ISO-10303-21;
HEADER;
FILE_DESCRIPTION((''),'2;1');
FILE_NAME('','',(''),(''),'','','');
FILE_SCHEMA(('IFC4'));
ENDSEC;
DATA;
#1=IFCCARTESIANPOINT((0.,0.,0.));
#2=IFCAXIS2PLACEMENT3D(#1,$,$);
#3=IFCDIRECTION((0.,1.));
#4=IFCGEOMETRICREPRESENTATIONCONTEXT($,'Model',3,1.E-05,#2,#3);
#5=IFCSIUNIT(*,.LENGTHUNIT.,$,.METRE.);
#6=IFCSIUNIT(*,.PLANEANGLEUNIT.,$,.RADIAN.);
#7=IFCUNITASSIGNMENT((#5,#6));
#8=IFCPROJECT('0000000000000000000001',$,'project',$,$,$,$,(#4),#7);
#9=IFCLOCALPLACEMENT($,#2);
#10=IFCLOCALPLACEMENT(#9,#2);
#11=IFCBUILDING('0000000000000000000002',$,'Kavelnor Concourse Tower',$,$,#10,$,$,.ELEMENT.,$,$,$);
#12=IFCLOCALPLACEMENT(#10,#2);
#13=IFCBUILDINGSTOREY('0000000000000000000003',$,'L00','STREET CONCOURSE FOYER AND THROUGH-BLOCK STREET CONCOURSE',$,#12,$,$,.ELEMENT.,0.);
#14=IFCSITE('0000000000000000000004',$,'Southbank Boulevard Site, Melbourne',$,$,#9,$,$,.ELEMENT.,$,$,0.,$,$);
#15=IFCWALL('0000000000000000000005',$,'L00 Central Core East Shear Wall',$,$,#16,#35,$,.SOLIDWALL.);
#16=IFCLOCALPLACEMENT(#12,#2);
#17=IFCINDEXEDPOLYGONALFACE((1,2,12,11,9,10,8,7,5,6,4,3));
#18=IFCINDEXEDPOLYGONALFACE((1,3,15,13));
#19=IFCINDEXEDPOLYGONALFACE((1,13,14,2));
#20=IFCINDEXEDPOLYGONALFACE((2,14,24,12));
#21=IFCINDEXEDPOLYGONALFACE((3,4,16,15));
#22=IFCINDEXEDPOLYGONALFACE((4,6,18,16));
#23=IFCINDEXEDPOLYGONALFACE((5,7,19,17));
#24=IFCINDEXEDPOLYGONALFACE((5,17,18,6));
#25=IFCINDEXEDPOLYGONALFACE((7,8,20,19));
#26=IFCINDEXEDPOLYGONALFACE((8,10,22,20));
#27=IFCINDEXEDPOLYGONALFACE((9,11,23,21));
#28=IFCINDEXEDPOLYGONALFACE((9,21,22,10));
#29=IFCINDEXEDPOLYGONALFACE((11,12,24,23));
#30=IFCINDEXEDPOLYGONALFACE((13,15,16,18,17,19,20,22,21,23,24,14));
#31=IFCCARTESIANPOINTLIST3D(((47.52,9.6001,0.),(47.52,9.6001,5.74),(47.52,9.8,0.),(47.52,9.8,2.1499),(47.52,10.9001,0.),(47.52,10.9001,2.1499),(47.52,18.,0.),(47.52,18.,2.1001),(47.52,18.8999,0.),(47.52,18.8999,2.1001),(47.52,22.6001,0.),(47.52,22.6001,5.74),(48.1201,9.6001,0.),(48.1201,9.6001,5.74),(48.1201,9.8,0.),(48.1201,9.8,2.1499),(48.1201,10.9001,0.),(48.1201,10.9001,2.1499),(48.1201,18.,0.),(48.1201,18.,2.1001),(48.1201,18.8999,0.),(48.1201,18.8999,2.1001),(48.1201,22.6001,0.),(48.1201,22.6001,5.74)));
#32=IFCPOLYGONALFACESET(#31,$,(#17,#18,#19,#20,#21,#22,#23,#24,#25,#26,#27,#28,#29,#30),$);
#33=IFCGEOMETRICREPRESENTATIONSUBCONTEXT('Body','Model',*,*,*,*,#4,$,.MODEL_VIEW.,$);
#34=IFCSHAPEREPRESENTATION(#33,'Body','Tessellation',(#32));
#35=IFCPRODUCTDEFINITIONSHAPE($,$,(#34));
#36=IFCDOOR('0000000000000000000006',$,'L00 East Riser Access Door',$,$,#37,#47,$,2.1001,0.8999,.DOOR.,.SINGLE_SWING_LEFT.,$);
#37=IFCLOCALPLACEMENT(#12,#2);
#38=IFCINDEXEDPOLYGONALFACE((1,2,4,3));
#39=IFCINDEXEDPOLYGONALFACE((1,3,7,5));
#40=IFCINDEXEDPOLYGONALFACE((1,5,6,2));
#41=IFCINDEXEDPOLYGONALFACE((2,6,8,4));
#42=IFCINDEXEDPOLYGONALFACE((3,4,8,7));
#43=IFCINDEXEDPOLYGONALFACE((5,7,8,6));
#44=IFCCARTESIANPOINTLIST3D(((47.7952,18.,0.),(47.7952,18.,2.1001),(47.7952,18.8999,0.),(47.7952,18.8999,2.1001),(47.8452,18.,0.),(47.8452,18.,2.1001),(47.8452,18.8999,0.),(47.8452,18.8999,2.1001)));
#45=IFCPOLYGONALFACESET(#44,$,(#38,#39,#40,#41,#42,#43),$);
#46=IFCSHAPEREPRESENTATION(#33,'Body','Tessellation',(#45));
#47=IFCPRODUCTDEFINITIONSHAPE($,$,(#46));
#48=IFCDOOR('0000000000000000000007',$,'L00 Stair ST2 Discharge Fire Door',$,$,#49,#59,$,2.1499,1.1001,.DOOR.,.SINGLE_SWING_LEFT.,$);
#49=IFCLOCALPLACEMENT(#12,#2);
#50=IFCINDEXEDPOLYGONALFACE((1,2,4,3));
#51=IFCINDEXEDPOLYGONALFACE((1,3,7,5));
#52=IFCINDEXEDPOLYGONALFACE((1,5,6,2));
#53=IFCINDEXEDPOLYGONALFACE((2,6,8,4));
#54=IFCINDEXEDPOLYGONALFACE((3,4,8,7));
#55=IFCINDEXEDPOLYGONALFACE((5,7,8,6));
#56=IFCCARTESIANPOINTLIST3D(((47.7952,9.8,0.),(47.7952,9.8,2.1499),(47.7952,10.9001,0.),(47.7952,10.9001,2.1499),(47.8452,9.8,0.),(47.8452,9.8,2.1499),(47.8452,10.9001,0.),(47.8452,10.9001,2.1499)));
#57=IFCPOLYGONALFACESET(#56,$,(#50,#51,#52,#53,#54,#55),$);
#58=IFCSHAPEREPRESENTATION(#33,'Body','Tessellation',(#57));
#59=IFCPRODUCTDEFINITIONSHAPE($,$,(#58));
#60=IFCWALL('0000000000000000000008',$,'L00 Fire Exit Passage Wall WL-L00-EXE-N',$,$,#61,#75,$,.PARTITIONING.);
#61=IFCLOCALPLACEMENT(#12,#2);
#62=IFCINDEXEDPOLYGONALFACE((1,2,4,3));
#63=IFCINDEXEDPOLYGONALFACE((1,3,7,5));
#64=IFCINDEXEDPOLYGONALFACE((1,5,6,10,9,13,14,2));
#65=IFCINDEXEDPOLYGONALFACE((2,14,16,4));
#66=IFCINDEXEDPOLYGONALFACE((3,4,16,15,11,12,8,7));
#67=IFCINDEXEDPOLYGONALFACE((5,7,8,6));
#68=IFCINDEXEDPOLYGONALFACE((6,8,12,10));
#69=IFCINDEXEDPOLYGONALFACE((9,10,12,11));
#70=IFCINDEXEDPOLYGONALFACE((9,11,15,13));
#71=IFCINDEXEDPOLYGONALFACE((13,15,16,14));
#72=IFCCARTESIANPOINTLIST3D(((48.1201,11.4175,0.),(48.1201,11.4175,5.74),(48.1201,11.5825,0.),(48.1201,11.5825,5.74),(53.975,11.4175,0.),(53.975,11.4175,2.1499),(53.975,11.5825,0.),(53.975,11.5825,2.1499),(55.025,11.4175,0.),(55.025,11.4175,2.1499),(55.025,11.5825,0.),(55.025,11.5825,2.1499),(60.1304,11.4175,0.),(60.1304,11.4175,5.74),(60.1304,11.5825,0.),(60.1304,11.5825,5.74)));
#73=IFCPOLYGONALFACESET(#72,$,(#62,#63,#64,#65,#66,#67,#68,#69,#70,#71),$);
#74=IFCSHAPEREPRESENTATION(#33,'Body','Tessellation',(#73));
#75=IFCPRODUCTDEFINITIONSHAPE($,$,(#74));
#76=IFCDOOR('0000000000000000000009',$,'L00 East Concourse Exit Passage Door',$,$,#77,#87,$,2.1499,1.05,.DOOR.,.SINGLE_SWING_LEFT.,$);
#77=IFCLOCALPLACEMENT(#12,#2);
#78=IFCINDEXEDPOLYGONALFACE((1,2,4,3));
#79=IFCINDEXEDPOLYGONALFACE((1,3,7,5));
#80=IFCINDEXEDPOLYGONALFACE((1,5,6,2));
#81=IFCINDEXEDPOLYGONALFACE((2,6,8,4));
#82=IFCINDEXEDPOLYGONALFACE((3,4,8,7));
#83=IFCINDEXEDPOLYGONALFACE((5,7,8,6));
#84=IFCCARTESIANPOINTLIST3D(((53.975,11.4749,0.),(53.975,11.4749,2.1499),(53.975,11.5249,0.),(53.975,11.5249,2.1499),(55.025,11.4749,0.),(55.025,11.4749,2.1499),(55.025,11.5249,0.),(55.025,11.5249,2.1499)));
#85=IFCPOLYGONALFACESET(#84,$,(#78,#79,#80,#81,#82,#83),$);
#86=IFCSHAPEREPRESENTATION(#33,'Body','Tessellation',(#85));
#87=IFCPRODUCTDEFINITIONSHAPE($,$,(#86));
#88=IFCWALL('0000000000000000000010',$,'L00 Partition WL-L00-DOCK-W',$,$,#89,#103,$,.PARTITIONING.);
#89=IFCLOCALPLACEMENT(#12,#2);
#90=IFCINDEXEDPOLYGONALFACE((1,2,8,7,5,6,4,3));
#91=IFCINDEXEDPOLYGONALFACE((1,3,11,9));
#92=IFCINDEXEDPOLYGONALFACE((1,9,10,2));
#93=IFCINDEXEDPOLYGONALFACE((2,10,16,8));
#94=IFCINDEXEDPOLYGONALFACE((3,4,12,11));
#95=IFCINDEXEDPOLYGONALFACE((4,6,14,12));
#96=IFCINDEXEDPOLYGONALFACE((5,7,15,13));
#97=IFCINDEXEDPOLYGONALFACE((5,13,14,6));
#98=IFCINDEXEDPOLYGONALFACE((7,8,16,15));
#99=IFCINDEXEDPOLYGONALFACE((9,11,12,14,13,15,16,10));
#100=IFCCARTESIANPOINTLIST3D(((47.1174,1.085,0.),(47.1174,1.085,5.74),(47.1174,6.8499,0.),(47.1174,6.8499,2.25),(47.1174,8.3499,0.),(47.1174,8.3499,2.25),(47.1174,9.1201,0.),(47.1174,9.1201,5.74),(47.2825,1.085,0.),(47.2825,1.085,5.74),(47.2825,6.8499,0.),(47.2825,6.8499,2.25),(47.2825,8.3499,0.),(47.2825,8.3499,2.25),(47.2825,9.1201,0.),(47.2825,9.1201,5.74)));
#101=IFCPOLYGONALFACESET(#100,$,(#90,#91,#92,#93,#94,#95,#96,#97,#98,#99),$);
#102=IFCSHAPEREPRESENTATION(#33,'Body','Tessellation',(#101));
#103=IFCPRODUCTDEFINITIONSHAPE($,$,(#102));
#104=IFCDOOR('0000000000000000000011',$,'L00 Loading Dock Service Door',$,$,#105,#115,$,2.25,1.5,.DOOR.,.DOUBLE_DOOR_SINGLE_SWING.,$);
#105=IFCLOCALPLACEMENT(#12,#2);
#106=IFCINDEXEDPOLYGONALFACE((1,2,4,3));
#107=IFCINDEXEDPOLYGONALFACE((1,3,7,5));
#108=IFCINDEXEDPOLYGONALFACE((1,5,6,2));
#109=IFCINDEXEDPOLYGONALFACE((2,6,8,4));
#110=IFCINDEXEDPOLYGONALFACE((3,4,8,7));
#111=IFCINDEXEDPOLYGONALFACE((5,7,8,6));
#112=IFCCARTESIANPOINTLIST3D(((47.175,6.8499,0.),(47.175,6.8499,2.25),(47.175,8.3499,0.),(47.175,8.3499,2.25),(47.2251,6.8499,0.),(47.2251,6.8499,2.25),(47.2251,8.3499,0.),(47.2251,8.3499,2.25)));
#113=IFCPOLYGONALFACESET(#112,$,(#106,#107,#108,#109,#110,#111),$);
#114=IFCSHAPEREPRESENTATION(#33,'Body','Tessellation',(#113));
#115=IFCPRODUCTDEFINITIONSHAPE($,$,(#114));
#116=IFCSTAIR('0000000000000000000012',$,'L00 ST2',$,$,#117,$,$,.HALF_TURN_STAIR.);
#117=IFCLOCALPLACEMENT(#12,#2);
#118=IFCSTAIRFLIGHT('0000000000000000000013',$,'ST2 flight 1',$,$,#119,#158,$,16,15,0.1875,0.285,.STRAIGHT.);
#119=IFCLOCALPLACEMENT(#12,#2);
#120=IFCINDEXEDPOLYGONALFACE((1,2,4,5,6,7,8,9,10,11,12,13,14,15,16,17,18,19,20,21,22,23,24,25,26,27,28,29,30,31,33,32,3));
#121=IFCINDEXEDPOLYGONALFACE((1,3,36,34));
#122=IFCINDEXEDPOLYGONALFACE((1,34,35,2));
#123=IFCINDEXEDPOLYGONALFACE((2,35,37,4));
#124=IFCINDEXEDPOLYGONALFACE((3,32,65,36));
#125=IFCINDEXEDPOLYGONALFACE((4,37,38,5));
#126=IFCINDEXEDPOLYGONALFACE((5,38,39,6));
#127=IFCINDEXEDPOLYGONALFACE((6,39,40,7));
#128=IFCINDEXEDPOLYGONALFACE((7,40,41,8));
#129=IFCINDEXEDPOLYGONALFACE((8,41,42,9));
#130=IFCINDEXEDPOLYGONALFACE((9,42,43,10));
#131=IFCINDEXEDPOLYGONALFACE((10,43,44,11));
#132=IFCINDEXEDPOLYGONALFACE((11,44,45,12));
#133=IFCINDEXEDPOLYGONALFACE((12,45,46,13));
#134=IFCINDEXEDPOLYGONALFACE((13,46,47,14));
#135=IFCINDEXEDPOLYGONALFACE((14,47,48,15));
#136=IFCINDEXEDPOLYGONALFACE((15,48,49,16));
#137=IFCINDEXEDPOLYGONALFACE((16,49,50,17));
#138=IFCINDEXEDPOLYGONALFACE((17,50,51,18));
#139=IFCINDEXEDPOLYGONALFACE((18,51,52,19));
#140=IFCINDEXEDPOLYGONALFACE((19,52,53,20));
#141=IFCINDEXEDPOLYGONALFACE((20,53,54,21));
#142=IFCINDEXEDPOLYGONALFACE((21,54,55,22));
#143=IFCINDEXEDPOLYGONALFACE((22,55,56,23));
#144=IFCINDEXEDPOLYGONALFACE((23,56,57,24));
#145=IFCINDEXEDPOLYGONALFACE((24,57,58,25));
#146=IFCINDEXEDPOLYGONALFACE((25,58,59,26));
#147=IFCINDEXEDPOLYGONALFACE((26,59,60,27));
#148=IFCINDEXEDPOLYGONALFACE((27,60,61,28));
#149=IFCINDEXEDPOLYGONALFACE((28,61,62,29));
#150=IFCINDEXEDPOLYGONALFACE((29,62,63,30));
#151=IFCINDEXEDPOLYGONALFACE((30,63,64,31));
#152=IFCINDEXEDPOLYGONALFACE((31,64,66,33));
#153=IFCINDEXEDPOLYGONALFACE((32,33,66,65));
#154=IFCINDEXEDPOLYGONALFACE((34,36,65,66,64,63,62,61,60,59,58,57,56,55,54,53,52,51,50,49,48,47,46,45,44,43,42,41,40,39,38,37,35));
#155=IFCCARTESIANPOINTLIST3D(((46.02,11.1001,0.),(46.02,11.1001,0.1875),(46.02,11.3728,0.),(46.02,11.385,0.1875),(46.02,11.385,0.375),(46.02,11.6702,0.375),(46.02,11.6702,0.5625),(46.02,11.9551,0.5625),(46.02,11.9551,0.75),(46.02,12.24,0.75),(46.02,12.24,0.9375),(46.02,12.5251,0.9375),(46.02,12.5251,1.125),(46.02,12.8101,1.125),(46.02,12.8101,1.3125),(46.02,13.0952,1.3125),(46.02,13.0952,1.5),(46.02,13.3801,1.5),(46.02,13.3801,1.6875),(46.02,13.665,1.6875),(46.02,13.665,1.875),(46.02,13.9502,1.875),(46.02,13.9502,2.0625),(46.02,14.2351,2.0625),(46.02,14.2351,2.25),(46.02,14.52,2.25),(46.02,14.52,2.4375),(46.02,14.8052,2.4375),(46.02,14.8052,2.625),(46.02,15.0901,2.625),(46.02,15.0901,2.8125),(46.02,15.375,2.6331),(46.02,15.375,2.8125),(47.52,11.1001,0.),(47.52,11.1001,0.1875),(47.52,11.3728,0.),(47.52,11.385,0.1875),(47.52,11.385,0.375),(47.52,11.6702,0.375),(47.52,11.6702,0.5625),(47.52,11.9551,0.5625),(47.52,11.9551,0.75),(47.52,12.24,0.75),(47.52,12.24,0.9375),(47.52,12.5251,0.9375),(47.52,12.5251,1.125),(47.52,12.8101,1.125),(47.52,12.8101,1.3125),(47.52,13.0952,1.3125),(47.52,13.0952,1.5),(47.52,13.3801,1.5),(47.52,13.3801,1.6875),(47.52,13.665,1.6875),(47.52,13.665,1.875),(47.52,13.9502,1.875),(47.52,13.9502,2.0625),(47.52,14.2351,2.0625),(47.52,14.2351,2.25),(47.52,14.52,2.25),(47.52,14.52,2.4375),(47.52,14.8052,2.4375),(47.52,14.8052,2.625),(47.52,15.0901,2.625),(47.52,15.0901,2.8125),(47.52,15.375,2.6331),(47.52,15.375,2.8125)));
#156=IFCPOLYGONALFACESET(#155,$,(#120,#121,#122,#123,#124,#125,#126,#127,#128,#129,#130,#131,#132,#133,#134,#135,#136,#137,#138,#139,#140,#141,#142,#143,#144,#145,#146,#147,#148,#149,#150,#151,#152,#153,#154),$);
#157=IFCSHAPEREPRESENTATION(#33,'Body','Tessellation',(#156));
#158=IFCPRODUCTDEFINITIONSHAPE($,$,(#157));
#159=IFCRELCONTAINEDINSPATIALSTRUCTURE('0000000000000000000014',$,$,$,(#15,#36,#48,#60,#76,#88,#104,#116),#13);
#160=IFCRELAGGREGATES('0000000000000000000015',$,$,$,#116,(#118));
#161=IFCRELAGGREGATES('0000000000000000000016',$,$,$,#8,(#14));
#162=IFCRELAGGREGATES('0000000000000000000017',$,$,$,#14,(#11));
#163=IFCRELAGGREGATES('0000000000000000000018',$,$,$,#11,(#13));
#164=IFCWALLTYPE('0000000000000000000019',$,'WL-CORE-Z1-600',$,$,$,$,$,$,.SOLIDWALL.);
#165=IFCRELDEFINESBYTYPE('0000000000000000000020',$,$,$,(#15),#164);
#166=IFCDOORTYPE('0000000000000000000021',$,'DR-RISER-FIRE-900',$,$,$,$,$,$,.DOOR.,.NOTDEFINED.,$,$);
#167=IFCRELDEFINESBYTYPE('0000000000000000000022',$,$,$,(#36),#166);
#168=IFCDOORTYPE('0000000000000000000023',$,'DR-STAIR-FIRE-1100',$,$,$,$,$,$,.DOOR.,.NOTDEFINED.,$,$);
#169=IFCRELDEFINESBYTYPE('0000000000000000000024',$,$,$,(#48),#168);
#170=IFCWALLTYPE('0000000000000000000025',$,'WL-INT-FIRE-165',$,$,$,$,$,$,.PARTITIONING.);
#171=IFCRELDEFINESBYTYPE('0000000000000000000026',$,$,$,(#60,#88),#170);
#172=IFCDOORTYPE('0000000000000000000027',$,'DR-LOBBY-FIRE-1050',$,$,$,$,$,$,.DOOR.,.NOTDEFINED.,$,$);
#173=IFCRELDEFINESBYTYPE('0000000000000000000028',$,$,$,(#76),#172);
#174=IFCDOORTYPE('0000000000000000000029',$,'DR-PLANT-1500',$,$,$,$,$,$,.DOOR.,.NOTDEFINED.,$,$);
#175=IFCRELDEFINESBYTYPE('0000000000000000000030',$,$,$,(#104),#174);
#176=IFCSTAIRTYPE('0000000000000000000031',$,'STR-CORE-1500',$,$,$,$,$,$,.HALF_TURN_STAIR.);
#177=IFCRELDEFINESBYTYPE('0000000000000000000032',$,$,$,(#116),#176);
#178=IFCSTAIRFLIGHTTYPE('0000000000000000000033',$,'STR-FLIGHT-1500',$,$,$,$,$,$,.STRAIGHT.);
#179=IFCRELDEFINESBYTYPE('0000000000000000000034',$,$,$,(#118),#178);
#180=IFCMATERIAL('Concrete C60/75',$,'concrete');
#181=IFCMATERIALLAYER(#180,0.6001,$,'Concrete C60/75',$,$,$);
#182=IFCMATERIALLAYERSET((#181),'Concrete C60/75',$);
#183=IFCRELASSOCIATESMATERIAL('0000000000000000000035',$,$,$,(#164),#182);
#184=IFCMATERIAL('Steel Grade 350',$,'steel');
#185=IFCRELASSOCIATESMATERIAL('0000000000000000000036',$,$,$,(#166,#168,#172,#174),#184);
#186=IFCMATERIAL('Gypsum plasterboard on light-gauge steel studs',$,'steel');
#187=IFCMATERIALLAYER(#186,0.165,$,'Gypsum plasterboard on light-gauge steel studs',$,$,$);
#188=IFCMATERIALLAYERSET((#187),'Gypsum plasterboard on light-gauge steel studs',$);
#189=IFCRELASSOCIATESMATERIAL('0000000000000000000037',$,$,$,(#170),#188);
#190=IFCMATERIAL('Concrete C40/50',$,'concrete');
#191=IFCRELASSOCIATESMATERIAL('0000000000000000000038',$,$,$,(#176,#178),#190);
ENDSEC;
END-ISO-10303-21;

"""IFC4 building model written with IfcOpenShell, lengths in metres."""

from ifc_helpers import new_model, si_unit, direction, frame, frame_2d, origin, place, context, subcontext, project, spatial, polyline, rectangle, outline, extrude, material, layer, layer_set, type_object, element, fill, aggregate, save


model = new_model("IFC4")

# Units and contexts
model_context = context("Model", 3, precision=1e-05, world=origin(), true_north=direction((0.0, 1.0)))
body_context = subcontext(model_context, "Body", "Model", "MODEL_VIEW")
ifc_project = project(units=[si_unit("LENGTHUNIT", "METRE"), si_unit("PLANEANGLEUNIT", "RADIAN")], contexts=[model_context])

# Site, building, storey
site_placement = place(None, origin())
site = spatial("IfcSite", under=ifc_project, at=site_placement, Name="Southbank Boulevard Site, Melbourne", CompositionType="ELEMENT", RefElevation=0.0)
building_placement = place(site_placement, origin())
building = spatial("IfcBuilding", under=site, at=building_placement, Name="Kavelnor Concourse Tower", CompositionType="ELEMENT")
storey_placement = place(building_placement, origin())
storey = spatial("IfcBuildingStorey", under=building, at=storey_placement, Name="L00", Description="STREET CONCOURSE FOYER AND THROUGH-BLOCK STREET CONCOURSE", CompositionType="ELEMENT", Elevation=0.0)

# Shared definitions
ifc_material_1 = material(Name="Steel Grade 350", Category="steel")

# Wall, openings, doors
ifc_material_2 = material(Name="Concrete C60/75", Category="concrete")
ifc_layer_1 = layer(ifc_material_2, 0.6001, Name="Concrete C60/75")
ifc_layer_set_1 = layer_set([ifc_layer_1], Name="Concrete C60/75")
wall_type_1 = type_object("IfcWallType", Name="WL-CORE-Z1-600", PredefinedType="SOLIDWALL", material=ifc_layer_set_1)
wall_1_placement = place(storey_placement, frame((47.8201, 9.6001, 0.0), z_axis=(0.0, 0.0, 1.0), x_axis=(0.0, 1.0, 0.0)))
wall_1 = element("IfcWall", 1, at=wall_1_placement, inside=storey, type_object=wall_type_1, Name="L00 Central Core East Shear Wall", PredefinedType="SOLIDWALL", context=body_context, shape_type="SweptSolid", body=[
    extrude(rectangle(XDim=13.0, YDim=0.6001, at=frame_2d((6.5, 0.0))), origin(), (0.0, 0.0, 1.0), 5.74),
])
opening_1_placement = place(wall_1_placement, frame((8.3999, 0.0, 0.0)))
opening_1 = element("IfcOpeningElement", 2, at=opening_1_placement, cuts=wall_1, PredefinedType="OPENING", context=body_context, shape_type="SweptSolid", body=[
    extrude(rectangle(XDim=0.8999, YDim=2.1001, at=frame_2d((0.45, 1.05))), frame((0.0, 0.3101, 0.0), z_axis=(0.0, -1.0, 0.0), x_axis=(1.0, 0.0, 0.0)), (0.0, 0.0, 1.0), 0.6201),
])
opening_2_placement = place(wall_1_placement, frame((0.2, 0.0, 0.0)))
opening_2 = element("IfcOpeningElement", 3, at=opening_2_placement, cuts=wall_1, PredefinedType="OPENING", context=body_context, shape_type="SweptSolid", body=[
    extrude(rectangle(XDim=1.1001, YDim=2.1499, at=frame_2d((0.55, 1.075))), frame((0.0, 0.3101, 0.0), z_axis=(0.0, -1.0, 0.0), x_axis=(1.0, 0.0, 0.0)), (0.0, 0.0, 1.0), 0.6201),
])
door_type_1 = type_object("IfcDoorType", Name="DR-RISER-FIRE-900", OperationType="NOTDEFINED", PredefinedType="DOOR", material=ifc_material_1)
door_1_placement = place(opening_1_placement, origin())
door_1 = element("IfcDoor", 4, at=door_1_placement, inside=storey, type_object=door_type_1, Name="L00 East Riser Access Door", OperationType="SINGLE_SWING_LEFT", OverallHeight=2.1001, OverallWidth=0.8999, PredefinedType="DOOR", context=body_context, shape_type="SweptSolid", body=[
    extrude(rectangle(XDim=0.8999, YDim=2.1001, at=frame_2d((0.45, 1.05))), frame((0.0, 0.0249, 0.0), z_axis=(0.0, -1.0, 0.0), x_axis=(1.0, 0.0, 0.0)), (0.0, 0.0, 1.0), 0.05),
])
fill(opening_1, door_1)
door_type_2 = type_object("IfcDoorType", Name="DR-STAIR-FIRE-1100", OperationType="NOTDEFINED", PredefinedType="DOOR", material=ifc_material_1)
door_2_placement = place(opening_2_placement, origin())
door_2 = element("IfcDoor", 5, at=door_2_placement, inside=storey, type_object=door_type_2, Name="L00 Stair ST2 Discharge Fire Door", OperationType="SINGLE_SWING_LEFT", OverallHeight=2.1499, OverallWidth=1.1001, PredefinedType="DOOR", context=body_context, shape_type="SweptSolid", body=[
    extrude(rectangle(XDim=1.1001, YDim=2.1499, at=frame_2d((0.55, 1.075))), frame((0.0, 0.0249, 0.0), z_axis=(0.0, -1.0, 0.0), x_axis=(1.0, 0.0, 0.0)), (0.0, 0.0, 1.0), 0.05),
])
fill(opening_2, door_2)

# Walls, openings, doors
ifc_material_3 = material(Name="Gypsum plasterboard on light-gauge steel studs", Category="steel")
ifc_layer_2 = layer(ifc_material_3, 0.165, Name="Gypsum plasterboard on light-gauge steel studs")
ifc_layer_set_2 = layer_set([ifc_layer_2], Name="Gypsum plasterboard on light-gauge steel studs")
wall_type_2 = type_object("IfcWallType", Name="WL-INT-FIRE-165", PredefinedType="PARTITIONING", material=ifc_layer_set_2)
wall_2_placement = place(storey_placement, frame((48.1201, 11.5, 0.0), z_axis=(0.0, 0.0, 1.0), x_axis=(1.0, 0.0, 0.0)))
wall_2 = element("IfcWall", 6, at=wall_2_placement, inside=storey, type_object=wall_type_2, Name="L00 Fire Exit Passage Wall WL-L00-EXE-N", PredefinedType="PARTITIONING", context=body_context, shape_type="SweptSolid", body=[
    extrude(rectangle(XDim=12.0103, YDim=0.165, at=frame_2d((6.0051, 0.0))), origin(), (0.0, 0.0, 1.0), 5.74),
])
opening_3_placement = place(wall_2_placement, frame((5.855, 0.0, 0.0)))
opening_3 = element("IfcOpeningElement", 7, at=opening_3_placement, cuts=wall_2, PredefinedType="OPENING", context=body_context, shape_type="SweptSolid", body=[
    extrude(rectangle(XDim=1.05, YDim=2.1499, at=frame_2d((0.5249, 1.075))), frame((0.0, 0.0925, 0.0), z_axis=(0.0, -1.0, 0.0), x_axis=(1.0, 0.0, 0.0)), (0.0, 0.0, 1.0), 0.1851),
])
door_type_3 = type_object("IfcDoorType", Name="DR-LOBBY-FIRE-1050", OperationType="NOTDEFINED", PredefinedType="DOOR", material=ifc_material_1)
door_3_placement = place(opening_3_placement, origin())
door_3 = element("IfcDoor", 8, at=door_3_placement, inside=storey, type_object=door_type_3, Name="L00 East Concourse Exit Passage Door", OperationType="SINGLE_SWING_LEFT", OverallHeight=2.1499, OverallWidth=1.05, PredefinedType="DOOR", context=body_context, shape_type="SweptSolid", body=[
    extrude(rectangle(XDim=1.05, YDim=2.1499, at=frame_2d((0.5249, 1.075))), frame((0.0, 0.0249, 0.0), z_axis=(0.0, -1.0, 0.0), x_axis=(1.0, 0.0, 0.0)), (0.0, 0.0, 1.0), 0.05),
])
fill(opening_3, door_3)
wall_3_placement = place(storey_placement, frame((47.2, 1.085, 0.0), z_axis=(0.0, 0.0, 1.0), x_axis=(0.0, 1.0, 0.0)))
wall_3 = element("IfcWall", 9, at=wall_3_placement, inside=storey, type_object=wall_type_2, Name="L00 Partition WL-L00-DOCK-W", PredefinedType="PARTITIONING", context=body_context, shape_type="SweptSolid", body=[
    extrude(rectangle(XDim=8.0352, YDim=0.165, at=frame_2d((4.0176, 0.0))), origin(), (0.0, 0.0, 1.0), 5.74),
])
opening_4_placement = place(wall_3_placement, frame((5.7649, 0.0, 0.0)))
opening_4 = element("IfcOpeningElement", 10, at=opening_4_placement, cuts=wall_3, PredefinedType="OPENING", context=body_context, shape_type="SweptSolid", body=[
    extrude(rectangle(XDim=1.5, YDim=2.25, at=frame_2d((0.75, 1.125))), frame((0.0, 0.0925, 0.0), z_axis=(0.0, -1.0, 0.0), x_axis=(1.0, 0.0, 0.0)), (0.0, 0.0, 1.0), 0.1851),
])
door_type_4 = type_object("IfcDoorType", Name="DR-PLANT-1500", OperationType="NOTDEFINED", PredefinedType="DOOR", material=ifc_material_1)
door_4_placement = place(opening_4_placement, origin())
door_4 = element("IfcDoor", 11, at=door_4_placement, inside=storey, type_object=door_type_4, Name="L00 Loading Dock Service Door", OperationType="DOUBLE_DOOR_SINGLE_SWING", OverallHeight=2.25, OverallWidth=1.5, PredefinedType="DOOR", context=body_context, shape_type="SweptSolid", body=[
    extrude(rectangle(XDim=1.5, YDim=2.25, at=frame_2d((0.75, 1.125))), frame((0.0, 0.0249, 0.0), z_axis=(0.0, -1.0, 0.0), x_axis=(1.0, 0.0, 0.0)), (0.0, 0.0, 1.0), 0.05),
])
fill(opening_4, door_4)

# Stair, stair flight
ifc_material_4 = material(Name="Concrete C40/50", Category="concrete")
stair_type = type_object("IfcStairType", Name="STR-CORE-1500", PredefinedType="HALF_TURN_STAIR", material=ifc_material_4)
stair_placement = place(storey_placement, origin())
stair = element("IfcStair", 12, at=stair_placement, inside=storey, type_object=stair_type, Name="L00 ST2", PredefinedType="HALF_TURN_STAIR")
stair_flight_type = type_object("IfcStairFlightType", Name="STR-FLIGHT-1500", PredefinedType="STRAIGHT", material=ifc_material_4)
stair_flight_1_placement = place(storey_placement, frame((46.77, 11.1001, 0.0), z_axis=(0.0, 0.0, 1.0), x_axis=(0.0, 1.0, 0.0)))
stair_flight_1 = element("IfcStairFlight", 13, at=stair_flight_1_placement, type_object=stair_flight_type, Name="ST2 flight 1", NumberOfRisers=16, NumberOfTreads=15, PredefinedType="STRAIGHT", RiserHeight=0.1875, TreadLength=0.285, context=body_context, shape_type="SweptSolid", body=[
    extrude(outline(polyline([(0.0, 0.0), (0.0, 0.1875), (0.2849, 0.1875), (0.2849, 0.375), (0.5701, 0.375), (0.5701, 0.5625), (0.855, 0.5625), (0.855, 0.75), (1.1399, 0.75), (1.1399, 0.9375), (1.425, 0.9375), (1.425, 1.125), (1.71, 1.125), (1.71, 1.3125), (1.9951, 1.3125), (1.9951, 1.5), (2.28, 1.5), (2.28, 1.6875), (2.5649, 1.6875), (2.5649, 1.875), (2.8501, 1.875), (2.8501, 2.0625), (3.135, 2.0625), (3.135, 2.25), (3.4199, 2.25), (3.4199, 2.4375), (3.7051, 2.4375), (3.7051, 2.625), (3.99, 2.625), (3.99, 2.8125), (4.2749, 2.8125), (4.2749, 3.0), (4.2749, 2.6331), (0.2727, 0.0), (0.0, 0.0)])), frame((0.0, 0.75, 0.0), z_axis=(0.0, -1.0, 0.0), x_axis=(1.0, 0.0, 0.0)), (0.0, 0.0, 1.0), 1.5),
])
aggregate(stair, [stair_flight_1])

save(model, "model.ifc")
